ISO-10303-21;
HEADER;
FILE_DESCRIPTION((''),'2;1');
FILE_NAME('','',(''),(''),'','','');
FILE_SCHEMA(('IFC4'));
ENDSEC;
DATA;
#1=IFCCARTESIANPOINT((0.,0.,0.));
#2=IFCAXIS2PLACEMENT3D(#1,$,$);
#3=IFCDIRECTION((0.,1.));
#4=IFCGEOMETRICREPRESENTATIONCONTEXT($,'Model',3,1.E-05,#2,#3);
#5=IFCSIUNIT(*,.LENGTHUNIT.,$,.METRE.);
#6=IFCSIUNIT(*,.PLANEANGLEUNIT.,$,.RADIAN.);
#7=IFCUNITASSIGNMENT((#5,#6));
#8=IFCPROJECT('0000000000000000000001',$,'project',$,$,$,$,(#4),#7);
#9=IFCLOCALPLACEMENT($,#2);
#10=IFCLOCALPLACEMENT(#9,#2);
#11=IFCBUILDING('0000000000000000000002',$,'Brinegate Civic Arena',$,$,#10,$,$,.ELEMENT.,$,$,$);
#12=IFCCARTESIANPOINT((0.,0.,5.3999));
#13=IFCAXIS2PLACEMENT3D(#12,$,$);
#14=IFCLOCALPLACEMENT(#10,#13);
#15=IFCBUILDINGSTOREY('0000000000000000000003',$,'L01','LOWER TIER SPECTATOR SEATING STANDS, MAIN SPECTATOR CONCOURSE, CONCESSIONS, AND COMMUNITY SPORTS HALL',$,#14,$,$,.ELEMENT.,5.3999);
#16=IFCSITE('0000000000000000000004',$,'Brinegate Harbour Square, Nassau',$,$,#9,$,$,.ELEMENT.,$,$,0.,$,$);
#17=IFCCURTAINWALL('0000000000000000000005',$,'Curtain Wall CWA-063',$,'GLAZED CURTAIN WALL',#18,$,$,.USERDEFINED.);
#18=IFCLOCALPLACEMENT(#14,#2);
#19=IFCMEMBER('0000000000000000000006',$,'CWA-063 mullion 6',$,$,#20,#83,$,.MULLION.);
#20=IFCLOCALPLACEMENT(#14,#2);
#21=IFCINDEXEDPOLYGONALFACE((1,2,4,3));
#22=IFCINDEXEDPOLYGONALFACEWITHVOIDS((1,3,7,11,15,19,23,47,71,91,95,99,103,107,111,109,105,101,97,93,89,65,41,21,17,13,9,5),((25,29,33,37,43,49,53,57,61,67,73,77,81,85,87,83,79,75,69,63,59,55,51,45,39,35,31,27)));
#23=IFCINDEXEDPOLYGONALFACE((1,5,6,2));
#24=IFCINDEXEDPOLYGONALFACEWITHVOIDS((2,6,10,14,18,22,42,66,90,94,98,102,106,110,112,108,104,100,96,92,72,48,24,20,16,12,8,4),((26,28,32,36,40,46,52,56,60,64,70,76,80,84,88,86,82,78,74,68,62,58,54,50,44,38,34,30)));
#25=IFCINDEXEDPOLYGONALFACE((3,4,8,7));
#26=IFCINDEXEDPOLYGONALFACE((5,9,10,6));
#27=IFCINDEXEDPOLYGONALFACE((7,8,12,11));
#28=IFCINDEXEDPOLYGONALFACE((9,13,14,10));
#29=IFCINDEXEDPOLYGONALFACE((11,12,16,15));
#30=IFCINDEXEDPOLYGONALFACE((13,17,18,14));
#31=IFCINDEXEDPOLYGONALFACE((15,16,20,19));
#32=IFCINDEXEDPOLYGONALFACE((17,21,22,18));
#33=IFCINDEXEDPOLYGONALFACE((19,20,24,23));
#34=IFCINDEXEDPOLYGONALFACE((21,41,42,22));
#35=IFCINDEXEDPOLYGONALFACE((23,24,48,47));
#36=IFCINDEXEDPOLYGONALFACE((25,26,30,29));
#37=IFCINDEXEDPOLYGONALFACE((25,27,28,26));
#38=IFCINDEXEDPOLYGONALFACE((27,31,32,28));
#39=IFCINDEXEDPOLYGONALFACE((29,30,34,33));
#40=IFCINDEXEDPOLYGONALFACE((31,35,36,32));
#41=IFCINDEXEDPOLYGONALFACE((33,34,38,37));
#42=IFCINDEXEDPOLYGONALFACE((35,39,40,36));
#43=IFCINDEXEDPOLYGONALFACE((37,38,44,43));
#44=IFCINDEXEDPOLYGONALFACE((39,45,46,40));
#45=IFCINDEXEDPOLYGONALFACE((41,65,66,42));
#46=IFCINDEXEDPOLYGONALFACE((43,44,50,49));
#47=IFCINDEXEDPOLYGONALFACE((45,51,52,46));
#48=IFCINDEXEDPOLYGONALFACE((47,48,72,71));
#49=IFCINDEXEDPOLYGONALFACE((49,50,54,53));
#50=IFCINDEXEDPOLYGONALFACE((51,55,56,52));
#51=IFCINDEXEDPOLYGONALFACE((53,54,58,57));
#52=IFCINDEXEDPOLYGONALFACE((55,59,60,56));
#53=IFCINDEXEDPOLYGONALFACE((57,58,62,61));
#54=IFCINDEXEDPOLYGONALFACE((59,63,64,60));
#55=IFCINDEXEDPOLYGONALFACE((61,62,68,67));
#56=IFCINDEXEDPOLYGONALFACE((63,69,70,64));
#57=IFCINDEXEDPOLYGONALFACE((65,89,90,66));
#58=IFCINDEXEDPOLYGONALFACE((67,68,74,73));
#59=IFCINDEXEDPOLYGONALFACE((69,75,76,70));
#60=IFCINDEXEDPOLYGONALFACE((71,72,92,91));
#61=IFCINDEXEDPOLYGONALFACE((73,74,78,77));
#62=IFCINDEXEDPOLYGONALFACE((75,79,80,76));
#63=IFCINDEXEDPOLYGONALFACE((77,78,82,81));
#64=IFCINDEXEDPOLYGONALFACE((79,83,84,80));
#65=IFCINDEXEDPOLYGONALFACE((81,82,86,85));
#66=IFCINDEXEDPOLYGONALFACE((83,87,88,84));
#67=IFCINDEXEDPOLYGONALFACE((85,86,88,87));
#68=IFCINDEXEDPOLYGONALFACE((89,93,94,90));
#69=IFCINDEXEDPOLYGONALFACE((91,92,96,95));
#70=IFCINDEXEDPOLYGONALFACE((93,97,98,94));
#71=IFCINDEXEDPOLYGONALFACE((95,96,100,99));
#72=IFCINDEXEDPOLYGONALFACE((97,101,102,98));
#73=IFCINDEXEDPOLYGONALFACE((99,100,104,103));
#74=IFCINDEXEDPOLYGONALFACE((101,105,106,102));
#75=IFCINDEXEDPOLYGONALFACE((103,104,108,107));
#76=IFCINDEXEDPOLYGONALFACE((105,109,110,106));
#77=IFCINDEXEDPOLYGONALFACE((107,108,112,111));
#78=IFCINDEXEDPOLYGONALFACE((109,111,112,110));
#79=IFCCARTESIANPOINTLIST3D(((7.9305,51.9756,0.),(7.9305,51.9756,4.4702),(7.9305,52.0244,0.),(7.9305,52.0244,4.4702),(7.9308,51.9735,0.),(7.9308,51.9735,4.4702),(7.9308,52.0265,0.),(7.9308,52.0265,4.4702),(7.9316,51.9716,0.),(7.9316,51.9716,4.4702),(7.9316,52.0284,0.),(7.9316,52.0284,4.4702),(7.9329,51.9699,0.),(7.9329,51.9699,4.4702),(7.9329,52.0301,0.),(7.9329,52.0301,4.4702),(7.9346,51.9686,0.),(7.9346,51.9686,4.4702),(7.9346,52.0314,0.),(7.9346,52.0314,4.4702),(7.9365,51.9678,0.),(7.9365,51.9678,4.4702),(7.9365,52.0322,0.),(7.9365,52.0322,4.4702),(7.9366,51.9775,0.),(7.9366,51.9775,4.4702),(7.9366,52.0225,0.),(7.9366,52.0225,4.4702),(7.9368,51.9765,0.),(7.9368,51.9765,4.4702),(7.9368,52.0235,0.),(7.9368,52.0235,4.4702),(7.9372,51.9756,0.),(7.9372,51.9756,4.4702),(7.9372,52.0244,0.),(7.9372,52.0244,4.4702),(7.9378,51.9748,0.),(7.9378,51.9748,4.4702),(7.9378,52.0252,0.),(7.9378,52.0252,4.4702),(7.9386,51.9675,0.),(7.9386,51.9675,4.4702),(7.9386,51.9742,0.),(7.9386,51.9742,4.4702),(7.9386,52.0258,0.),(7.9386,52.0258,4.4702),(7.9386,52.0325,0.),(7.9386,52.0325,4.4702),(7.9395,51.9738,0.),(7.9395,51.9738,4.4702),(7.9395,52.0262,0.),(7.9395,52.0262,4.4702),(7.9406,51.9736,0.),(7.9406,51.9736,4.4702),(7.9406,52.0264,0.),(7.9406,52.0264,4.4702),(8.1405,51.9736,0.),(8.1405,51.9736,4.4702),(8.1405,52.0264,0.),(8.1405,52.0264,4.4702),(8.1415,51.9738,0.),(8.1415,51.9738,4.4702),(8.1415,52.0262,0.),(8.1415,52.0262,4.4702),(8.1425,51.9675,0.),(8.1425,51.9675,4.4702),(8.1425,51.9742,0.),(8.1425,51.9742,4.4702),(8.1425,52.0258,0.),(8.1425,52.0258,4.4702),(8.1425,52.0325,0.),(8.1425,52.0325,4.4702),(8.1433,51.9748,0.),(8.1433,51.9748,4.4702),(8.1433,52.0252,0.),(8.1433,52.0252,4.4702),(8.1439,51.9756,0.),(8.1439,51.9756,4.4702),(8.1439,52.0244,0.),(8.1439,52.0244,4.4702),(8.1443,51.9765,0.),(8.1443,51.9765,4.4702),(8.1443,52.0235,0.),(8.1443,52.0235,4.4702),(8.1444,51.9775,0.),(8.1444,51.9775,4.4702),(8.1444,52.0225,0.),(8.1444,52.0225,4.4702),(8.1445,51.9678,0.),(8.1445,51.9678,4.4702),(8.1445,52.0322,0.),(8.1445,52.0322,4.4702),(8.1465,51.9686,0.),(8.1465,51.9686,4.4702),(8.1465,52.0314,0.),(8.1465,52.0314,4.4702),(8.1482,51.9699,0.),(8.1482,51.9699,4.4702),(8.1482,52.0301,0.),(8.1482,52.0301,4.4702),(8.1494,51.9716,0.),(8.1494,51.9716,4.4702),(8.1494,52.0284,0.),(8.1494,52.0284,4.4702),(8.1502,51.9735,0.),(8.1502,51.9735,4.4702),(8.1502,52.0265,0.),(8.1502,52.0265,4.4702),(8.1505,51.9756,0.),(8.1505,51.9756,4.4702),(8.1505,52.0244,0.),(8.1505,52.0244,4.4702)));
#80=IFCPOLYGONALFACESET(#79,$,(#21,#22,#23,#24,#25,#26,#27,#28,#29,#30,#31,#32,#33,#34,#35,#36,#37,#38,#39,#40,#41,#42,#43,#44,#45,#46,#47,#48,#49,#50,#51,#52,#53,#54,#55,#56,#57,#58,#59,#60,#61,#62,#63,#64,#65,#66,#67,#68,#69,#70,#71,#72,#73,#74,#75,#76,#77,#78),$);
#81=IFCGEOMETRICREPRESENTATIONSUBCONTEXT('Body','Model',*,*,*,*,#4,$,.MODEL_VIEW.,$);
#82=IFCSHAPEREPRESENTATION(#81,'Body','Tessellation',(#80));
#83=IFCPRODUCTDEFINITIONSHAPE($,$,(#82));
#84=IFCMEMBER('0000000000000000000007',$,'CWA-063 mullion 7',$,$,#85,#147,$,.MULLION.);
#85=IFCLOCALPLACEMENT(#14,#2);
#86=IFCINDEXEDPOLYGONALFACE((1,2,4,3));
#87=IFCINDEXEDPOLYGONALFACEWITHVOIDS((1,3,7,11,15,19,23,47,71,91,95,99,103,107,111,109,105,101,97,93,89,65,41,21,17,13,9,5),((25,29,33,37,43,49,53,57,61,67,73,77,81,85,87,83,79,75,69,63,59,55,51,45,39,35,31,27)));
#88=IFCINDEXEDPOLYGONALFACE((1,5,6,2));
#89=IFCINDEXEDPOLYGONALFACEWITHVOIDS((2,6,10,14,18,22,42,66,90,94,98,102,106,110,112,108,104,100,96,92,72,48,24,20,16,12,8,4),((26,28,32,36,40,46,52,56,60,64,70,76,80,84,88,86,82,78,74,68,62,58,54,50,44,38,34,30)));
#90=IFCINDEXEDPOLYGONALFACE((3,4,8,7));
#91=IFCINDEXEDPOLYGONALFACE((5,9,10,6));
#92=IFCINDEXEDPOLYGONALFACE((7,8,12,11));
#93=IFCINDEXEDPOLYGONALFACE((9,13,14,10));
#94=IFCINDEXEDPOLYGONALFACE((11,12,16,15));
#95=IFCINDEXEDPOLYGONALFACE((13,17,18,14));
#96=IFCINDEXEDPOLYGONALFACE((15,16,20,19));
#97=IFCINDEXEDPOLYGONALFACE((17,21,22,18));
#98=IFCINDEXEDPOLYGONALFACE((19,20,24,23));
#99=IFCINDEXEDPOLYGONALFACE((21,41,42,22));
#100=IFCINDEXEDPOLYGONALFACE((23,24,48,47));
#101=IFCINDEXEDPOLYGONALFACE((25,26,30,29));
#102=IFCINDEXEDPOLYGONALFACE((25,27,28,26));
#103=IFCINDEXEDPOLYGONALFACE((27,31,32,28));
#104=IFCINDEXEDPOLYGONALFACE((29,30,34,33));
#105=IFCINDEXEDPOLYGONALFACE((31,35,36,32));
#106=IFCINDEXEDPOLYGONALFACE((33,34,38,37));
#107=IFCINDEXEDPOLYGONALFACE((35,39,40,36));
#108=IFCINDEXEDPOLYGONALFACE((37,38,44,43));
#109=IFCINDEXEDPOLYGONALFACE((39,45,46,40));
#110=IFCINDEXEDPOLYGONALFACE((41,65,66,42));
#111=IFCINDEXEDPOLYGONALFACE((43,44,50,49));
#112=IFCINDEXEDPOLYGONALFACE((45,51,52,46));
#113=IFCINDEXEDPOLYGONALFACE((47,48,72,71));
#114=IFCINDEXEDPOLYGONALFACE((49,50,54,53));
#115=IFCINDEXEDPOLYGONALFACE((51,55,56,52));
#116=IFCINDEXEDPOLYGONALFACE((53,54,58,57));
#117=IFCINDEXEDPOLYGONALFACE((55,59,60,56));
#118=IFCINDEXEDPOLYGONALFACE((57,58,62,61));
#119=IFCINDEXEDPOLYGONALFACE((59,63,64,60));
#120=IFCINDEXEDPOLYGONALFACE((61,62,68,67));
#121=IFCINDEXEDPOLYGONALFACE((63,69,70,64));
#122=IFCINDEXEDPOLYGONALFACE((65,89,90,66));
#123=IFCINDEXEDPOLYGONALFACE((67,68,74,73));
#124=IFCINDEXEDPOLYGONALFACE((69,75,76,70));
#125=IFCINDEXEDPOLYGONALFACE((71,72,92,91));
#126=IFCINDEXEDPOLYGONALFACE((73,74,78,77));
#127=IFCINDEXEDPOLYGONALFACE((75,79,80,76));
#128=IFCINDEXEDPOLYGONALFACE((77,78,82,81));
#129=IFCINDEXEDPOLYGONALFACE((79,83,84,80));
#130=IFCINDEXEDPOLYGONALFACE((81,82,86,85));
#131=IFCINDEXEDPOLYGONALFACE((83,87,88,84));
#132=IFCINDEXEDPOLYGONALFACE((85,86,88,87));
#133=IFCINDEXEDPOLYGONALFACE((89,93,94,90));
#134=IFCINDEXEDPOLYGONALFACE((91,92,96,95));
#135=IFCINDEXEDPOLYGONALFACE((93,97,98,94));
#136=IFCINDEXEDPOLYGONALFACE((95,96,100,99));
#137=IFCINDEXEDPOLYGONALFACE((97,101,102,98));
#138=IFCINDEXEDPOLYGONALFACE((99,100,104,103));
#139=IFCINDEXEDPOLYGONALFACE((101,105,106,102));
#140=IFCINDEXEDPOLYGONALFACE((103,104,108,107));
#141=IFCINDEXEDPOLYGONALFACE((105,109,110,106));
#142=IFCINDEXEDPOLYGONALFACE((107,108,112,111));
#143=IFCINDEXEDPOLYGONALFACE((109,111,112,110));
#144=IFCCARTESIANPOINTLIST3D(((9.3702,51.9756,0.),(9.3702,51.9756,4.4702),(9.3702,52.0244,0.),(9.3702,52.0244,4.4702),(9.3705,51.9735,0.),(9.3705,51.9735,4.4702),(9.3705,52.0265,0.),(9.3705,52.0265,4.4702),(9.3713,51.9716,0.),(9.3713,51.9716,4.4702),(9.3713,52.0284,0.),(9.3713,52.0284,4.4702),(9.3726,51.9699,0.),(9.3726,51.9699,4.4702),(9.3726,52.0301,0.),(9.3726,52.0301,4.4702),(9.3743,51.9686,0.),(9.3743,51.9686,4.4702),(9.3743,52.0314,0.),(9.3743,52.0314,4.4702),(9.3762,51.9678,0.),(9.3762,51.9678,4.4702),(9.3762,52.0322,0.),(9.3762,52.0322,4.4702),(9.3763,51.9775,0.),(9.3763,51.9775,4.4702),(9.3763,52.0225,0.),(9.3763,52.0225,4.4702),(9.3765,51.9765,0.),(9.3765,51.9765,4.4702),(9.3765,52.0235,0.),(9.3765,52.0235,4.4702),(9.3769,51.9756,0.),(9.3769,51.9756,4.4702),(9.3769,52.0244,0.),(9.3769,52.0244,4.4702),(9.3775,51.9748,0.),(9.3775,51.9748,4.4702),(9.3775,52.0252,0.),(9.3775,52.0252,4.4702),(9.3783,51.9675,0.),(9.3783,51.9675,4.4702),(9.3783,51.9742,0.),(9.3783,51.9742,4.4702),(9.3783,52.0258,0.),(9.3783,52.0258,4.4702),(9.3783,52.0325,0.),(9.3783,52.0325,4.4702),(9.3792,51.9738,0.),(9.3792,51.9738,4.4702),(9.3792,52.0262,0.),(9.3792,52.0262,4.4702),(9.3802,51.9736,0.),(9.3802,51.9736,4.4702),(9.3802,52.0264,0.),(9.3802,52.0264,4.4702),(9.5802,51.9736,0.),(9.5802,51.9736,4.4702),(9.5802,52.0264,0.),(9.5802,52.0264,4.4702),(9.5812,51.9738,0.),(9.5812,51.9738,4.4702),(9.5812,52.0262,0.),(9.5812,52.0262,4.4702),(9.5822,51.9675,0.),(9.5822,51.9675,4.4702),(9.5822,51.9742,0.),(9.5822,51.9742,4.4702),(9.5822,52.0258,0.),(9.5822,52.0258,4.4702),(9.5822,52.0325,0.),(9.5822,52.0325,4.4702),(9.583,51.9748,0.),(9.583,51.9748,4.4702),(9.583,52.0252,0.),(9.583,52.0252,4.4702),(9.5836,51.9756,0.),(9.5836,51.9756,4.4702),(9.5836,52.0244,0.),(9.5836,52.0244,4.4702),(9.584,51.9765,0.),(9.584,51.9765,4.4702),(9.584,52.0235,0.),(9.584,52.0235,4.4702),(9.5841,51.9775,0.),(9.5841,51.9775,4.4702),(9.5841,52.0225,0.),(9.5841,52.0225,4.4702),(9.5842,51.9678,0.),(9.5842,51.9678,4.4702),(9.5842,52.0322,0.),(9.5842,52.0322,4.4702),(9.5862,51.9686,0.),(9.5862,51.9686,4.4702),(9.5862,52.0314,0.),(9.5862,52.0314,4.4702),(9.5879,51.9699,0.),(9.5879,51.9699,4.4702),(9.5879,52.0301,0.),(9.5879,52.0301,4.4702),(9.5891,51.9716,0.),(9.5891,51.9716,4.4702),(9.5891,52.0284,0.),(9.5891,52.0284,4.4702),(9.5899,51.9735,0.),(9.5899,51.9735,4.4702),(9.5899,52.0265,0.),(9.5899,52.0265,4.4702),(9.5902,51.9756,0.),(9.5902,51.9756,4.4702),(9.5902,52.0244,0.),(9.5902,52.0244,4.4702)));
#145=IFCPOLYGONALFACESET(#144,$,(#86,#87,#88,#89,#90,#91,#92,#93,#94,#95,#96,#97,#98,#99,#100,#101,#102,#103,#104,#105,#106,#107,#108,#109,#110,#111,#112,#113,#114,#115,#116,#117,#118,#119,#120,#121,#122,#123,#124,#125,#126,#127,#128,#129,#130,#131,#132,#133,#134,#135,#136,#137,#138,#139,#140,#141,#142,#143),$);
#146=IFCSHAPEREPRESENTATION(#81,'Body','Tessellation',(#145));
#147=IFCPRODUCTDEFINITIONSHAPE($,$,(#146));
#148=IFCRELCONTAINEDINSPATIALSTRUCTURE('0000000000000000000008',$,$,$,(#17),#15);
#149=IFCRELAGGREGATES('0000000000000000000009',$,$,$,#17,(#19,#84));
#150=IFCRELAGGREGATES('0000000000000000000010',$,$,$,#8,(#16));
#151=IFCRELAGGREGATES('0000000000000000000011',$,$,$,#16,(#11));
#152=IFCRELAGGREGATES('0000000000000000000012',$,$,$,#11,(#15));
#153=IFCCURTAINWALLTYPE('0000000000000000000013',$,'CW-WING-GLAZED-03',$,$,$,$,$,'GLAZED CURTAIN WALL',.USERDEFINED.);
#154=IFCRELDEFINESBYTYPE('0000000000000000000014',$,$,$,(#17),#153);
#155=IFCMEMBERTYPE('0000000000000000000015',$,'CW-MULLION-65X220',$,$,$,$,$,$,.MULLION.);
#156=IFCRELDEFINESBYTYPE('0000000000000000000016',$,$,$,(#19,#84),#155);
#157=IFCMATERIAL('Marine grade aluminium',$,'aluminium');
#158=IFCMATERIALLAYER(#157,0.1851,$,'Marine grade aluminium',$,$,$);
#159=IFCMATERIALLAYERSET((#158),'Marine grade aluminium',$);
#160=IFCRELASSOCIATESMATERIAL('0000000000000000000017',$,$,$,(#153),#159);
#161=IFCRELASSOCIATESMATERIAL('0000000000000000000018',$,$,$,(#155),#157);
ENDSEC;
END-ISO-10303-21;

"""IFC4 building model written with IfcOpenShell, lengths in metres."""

from ifc_helpers import new_model, si_unit, direction, frame, origin, origin_2d, place, context, subcontext, project, spatial, hollow_rectangle, extrude, material, layer, layer_set, material_profile, profile_set, type_object, element, aggregate, save


model = new_model("IFC4")

# Units and contexts
model_context = context("Model", 3, precision=1e-05, world=origin(), true_north=direction((0.0, 1.0)))
body_context = subcontext(model_context, "Body", "Model", "MODEL_VIEW")
ifc_project = project(units=[si_unit("LENGTHUNIT", "METRE"), si_unit("PLANEANGLEUNIT", "RADIAN")], contexts=[model_context])

# Site, building, storey
site_placement = place(None, origin())
site = spatial("IfcSite", under=ifc_project, at=site_placement, Name="Brinegate Harbour Square, Nassau", CompositionType="ELEMENT", RefElevation=0.0)
building_placement = place(site_placement, origin())
building = spatial("IfcBuilding", under=site, at=building_placement, Name="Brinegate Civic Arena", CompositionType="ELEMENT")
storey_placement = place(building_placement, frame((0.0, 0.0, 5.3999)))
storey = spatial("IfcBuildingStorey", under=building, at=storey_placement, Name="L01", Description="LOWER TIER SPECTATOR SEATING STANDS, MAIN SPECTATOR CONCOURSE, CONCESSIONS, AND COMMUNITY SPORTS HALL", CompositionType="ELEMENT", Elevation=5.3999)

# Curtain wall, members
ifc_material_1 = material(Name="Marine grade aluminium", Category="aluminium")
ifc_layer_1 = layer(ifc_material_1, 0.1851, Name="Marine grade aluminium")
ifc_layer_set_1 = layer_set([ifc_layer_1], Name="Marine grade aluminium")
curtain_wall_type = type_object("IfcCurtainWallType", Name="CW-WING-GLAZED-03", ElementType="GLAZED CURTAIN WALL", PredefinedType="USERDEFINED", material=ifc_layer_set_1)
curtain_wall_placement = place(storey_placement, origin())
curtain_wall = element("IfcCurtainWall", 1, at=curtain_wall_placement, inside=storey, type_object=curtain_wall_type, Name="Curtain Wall CWA-063", ObjectType="GLAZED CURTAIN WALL", PredefinedType="USERDEFINED")
ifc_material_profile_1 = material_profile(ifc_material_1, hollow_rectangle(XDim=0.0649, YDim=0.22, WallThickness=0.0061, InnerFilletRadius=0.0039, OuterFilletRadius=0.0081, at=origin_2d()), Name="MUL65X220")
ifc_profile_set_1 = profile_set([ifc_material_profile_1], Name="Marine grade aluminium")
member_type_1 = type_object("IfcMemberType", Name="CW-MULLION-65X220", PredefinedType="MULLION", material=ifc_profile_set_1)
member_1_placement = place(storey_placement, frame((8.0405, 52.0, 0.0), z_axis=(0.0, 0.0, 1.0), x_axis=(0.0, 1.0, 0.0)))
member_1 = element("IfcMember", 2, at=member_1_placement, type_object=member_type_1, Name="CWA-063 mullion 6", PredefinedType="MULLION", context=body_context, shape_type="SweptSolid", body=[
    extrude(hollow_rectangle(XDim=0.0649, YDim=0.22, WallThickness=0.0061, InnerFilletRadius=0.0039, OuterFilletRadius=0.0081, at=origin_2d()), origin(), (0.0, 0.0, 1.0), 4.4702),
])
member_2_placement = place(storey_placement, frame((9.4802, 52.0, 0.0), z_axis=(0.0, 0.0, 1.0), x_axis=(0.0, 1.0, 0.0)))
member_2 = element("IfcMember", 3, at=member_2_placement, type_object=member_type_1, Name="CWA-063 mullion 7", PredefinedType="MULLION", context=body_context, shape_type="SweptSolid", body=[
    extrude(hollow_rectangle(XDim=0.0649, YDim=0.22, WallThickness=0.0061, InnerFilletRadius=0.0039, OuterFilletRadius=0.0081, at=origin_2d()), origin(), (0.0, 0.0, 1.0), 4.4702),
])
aggregate(curtain_wall, [member_1, member_2])

save(model, "model.ifc")
